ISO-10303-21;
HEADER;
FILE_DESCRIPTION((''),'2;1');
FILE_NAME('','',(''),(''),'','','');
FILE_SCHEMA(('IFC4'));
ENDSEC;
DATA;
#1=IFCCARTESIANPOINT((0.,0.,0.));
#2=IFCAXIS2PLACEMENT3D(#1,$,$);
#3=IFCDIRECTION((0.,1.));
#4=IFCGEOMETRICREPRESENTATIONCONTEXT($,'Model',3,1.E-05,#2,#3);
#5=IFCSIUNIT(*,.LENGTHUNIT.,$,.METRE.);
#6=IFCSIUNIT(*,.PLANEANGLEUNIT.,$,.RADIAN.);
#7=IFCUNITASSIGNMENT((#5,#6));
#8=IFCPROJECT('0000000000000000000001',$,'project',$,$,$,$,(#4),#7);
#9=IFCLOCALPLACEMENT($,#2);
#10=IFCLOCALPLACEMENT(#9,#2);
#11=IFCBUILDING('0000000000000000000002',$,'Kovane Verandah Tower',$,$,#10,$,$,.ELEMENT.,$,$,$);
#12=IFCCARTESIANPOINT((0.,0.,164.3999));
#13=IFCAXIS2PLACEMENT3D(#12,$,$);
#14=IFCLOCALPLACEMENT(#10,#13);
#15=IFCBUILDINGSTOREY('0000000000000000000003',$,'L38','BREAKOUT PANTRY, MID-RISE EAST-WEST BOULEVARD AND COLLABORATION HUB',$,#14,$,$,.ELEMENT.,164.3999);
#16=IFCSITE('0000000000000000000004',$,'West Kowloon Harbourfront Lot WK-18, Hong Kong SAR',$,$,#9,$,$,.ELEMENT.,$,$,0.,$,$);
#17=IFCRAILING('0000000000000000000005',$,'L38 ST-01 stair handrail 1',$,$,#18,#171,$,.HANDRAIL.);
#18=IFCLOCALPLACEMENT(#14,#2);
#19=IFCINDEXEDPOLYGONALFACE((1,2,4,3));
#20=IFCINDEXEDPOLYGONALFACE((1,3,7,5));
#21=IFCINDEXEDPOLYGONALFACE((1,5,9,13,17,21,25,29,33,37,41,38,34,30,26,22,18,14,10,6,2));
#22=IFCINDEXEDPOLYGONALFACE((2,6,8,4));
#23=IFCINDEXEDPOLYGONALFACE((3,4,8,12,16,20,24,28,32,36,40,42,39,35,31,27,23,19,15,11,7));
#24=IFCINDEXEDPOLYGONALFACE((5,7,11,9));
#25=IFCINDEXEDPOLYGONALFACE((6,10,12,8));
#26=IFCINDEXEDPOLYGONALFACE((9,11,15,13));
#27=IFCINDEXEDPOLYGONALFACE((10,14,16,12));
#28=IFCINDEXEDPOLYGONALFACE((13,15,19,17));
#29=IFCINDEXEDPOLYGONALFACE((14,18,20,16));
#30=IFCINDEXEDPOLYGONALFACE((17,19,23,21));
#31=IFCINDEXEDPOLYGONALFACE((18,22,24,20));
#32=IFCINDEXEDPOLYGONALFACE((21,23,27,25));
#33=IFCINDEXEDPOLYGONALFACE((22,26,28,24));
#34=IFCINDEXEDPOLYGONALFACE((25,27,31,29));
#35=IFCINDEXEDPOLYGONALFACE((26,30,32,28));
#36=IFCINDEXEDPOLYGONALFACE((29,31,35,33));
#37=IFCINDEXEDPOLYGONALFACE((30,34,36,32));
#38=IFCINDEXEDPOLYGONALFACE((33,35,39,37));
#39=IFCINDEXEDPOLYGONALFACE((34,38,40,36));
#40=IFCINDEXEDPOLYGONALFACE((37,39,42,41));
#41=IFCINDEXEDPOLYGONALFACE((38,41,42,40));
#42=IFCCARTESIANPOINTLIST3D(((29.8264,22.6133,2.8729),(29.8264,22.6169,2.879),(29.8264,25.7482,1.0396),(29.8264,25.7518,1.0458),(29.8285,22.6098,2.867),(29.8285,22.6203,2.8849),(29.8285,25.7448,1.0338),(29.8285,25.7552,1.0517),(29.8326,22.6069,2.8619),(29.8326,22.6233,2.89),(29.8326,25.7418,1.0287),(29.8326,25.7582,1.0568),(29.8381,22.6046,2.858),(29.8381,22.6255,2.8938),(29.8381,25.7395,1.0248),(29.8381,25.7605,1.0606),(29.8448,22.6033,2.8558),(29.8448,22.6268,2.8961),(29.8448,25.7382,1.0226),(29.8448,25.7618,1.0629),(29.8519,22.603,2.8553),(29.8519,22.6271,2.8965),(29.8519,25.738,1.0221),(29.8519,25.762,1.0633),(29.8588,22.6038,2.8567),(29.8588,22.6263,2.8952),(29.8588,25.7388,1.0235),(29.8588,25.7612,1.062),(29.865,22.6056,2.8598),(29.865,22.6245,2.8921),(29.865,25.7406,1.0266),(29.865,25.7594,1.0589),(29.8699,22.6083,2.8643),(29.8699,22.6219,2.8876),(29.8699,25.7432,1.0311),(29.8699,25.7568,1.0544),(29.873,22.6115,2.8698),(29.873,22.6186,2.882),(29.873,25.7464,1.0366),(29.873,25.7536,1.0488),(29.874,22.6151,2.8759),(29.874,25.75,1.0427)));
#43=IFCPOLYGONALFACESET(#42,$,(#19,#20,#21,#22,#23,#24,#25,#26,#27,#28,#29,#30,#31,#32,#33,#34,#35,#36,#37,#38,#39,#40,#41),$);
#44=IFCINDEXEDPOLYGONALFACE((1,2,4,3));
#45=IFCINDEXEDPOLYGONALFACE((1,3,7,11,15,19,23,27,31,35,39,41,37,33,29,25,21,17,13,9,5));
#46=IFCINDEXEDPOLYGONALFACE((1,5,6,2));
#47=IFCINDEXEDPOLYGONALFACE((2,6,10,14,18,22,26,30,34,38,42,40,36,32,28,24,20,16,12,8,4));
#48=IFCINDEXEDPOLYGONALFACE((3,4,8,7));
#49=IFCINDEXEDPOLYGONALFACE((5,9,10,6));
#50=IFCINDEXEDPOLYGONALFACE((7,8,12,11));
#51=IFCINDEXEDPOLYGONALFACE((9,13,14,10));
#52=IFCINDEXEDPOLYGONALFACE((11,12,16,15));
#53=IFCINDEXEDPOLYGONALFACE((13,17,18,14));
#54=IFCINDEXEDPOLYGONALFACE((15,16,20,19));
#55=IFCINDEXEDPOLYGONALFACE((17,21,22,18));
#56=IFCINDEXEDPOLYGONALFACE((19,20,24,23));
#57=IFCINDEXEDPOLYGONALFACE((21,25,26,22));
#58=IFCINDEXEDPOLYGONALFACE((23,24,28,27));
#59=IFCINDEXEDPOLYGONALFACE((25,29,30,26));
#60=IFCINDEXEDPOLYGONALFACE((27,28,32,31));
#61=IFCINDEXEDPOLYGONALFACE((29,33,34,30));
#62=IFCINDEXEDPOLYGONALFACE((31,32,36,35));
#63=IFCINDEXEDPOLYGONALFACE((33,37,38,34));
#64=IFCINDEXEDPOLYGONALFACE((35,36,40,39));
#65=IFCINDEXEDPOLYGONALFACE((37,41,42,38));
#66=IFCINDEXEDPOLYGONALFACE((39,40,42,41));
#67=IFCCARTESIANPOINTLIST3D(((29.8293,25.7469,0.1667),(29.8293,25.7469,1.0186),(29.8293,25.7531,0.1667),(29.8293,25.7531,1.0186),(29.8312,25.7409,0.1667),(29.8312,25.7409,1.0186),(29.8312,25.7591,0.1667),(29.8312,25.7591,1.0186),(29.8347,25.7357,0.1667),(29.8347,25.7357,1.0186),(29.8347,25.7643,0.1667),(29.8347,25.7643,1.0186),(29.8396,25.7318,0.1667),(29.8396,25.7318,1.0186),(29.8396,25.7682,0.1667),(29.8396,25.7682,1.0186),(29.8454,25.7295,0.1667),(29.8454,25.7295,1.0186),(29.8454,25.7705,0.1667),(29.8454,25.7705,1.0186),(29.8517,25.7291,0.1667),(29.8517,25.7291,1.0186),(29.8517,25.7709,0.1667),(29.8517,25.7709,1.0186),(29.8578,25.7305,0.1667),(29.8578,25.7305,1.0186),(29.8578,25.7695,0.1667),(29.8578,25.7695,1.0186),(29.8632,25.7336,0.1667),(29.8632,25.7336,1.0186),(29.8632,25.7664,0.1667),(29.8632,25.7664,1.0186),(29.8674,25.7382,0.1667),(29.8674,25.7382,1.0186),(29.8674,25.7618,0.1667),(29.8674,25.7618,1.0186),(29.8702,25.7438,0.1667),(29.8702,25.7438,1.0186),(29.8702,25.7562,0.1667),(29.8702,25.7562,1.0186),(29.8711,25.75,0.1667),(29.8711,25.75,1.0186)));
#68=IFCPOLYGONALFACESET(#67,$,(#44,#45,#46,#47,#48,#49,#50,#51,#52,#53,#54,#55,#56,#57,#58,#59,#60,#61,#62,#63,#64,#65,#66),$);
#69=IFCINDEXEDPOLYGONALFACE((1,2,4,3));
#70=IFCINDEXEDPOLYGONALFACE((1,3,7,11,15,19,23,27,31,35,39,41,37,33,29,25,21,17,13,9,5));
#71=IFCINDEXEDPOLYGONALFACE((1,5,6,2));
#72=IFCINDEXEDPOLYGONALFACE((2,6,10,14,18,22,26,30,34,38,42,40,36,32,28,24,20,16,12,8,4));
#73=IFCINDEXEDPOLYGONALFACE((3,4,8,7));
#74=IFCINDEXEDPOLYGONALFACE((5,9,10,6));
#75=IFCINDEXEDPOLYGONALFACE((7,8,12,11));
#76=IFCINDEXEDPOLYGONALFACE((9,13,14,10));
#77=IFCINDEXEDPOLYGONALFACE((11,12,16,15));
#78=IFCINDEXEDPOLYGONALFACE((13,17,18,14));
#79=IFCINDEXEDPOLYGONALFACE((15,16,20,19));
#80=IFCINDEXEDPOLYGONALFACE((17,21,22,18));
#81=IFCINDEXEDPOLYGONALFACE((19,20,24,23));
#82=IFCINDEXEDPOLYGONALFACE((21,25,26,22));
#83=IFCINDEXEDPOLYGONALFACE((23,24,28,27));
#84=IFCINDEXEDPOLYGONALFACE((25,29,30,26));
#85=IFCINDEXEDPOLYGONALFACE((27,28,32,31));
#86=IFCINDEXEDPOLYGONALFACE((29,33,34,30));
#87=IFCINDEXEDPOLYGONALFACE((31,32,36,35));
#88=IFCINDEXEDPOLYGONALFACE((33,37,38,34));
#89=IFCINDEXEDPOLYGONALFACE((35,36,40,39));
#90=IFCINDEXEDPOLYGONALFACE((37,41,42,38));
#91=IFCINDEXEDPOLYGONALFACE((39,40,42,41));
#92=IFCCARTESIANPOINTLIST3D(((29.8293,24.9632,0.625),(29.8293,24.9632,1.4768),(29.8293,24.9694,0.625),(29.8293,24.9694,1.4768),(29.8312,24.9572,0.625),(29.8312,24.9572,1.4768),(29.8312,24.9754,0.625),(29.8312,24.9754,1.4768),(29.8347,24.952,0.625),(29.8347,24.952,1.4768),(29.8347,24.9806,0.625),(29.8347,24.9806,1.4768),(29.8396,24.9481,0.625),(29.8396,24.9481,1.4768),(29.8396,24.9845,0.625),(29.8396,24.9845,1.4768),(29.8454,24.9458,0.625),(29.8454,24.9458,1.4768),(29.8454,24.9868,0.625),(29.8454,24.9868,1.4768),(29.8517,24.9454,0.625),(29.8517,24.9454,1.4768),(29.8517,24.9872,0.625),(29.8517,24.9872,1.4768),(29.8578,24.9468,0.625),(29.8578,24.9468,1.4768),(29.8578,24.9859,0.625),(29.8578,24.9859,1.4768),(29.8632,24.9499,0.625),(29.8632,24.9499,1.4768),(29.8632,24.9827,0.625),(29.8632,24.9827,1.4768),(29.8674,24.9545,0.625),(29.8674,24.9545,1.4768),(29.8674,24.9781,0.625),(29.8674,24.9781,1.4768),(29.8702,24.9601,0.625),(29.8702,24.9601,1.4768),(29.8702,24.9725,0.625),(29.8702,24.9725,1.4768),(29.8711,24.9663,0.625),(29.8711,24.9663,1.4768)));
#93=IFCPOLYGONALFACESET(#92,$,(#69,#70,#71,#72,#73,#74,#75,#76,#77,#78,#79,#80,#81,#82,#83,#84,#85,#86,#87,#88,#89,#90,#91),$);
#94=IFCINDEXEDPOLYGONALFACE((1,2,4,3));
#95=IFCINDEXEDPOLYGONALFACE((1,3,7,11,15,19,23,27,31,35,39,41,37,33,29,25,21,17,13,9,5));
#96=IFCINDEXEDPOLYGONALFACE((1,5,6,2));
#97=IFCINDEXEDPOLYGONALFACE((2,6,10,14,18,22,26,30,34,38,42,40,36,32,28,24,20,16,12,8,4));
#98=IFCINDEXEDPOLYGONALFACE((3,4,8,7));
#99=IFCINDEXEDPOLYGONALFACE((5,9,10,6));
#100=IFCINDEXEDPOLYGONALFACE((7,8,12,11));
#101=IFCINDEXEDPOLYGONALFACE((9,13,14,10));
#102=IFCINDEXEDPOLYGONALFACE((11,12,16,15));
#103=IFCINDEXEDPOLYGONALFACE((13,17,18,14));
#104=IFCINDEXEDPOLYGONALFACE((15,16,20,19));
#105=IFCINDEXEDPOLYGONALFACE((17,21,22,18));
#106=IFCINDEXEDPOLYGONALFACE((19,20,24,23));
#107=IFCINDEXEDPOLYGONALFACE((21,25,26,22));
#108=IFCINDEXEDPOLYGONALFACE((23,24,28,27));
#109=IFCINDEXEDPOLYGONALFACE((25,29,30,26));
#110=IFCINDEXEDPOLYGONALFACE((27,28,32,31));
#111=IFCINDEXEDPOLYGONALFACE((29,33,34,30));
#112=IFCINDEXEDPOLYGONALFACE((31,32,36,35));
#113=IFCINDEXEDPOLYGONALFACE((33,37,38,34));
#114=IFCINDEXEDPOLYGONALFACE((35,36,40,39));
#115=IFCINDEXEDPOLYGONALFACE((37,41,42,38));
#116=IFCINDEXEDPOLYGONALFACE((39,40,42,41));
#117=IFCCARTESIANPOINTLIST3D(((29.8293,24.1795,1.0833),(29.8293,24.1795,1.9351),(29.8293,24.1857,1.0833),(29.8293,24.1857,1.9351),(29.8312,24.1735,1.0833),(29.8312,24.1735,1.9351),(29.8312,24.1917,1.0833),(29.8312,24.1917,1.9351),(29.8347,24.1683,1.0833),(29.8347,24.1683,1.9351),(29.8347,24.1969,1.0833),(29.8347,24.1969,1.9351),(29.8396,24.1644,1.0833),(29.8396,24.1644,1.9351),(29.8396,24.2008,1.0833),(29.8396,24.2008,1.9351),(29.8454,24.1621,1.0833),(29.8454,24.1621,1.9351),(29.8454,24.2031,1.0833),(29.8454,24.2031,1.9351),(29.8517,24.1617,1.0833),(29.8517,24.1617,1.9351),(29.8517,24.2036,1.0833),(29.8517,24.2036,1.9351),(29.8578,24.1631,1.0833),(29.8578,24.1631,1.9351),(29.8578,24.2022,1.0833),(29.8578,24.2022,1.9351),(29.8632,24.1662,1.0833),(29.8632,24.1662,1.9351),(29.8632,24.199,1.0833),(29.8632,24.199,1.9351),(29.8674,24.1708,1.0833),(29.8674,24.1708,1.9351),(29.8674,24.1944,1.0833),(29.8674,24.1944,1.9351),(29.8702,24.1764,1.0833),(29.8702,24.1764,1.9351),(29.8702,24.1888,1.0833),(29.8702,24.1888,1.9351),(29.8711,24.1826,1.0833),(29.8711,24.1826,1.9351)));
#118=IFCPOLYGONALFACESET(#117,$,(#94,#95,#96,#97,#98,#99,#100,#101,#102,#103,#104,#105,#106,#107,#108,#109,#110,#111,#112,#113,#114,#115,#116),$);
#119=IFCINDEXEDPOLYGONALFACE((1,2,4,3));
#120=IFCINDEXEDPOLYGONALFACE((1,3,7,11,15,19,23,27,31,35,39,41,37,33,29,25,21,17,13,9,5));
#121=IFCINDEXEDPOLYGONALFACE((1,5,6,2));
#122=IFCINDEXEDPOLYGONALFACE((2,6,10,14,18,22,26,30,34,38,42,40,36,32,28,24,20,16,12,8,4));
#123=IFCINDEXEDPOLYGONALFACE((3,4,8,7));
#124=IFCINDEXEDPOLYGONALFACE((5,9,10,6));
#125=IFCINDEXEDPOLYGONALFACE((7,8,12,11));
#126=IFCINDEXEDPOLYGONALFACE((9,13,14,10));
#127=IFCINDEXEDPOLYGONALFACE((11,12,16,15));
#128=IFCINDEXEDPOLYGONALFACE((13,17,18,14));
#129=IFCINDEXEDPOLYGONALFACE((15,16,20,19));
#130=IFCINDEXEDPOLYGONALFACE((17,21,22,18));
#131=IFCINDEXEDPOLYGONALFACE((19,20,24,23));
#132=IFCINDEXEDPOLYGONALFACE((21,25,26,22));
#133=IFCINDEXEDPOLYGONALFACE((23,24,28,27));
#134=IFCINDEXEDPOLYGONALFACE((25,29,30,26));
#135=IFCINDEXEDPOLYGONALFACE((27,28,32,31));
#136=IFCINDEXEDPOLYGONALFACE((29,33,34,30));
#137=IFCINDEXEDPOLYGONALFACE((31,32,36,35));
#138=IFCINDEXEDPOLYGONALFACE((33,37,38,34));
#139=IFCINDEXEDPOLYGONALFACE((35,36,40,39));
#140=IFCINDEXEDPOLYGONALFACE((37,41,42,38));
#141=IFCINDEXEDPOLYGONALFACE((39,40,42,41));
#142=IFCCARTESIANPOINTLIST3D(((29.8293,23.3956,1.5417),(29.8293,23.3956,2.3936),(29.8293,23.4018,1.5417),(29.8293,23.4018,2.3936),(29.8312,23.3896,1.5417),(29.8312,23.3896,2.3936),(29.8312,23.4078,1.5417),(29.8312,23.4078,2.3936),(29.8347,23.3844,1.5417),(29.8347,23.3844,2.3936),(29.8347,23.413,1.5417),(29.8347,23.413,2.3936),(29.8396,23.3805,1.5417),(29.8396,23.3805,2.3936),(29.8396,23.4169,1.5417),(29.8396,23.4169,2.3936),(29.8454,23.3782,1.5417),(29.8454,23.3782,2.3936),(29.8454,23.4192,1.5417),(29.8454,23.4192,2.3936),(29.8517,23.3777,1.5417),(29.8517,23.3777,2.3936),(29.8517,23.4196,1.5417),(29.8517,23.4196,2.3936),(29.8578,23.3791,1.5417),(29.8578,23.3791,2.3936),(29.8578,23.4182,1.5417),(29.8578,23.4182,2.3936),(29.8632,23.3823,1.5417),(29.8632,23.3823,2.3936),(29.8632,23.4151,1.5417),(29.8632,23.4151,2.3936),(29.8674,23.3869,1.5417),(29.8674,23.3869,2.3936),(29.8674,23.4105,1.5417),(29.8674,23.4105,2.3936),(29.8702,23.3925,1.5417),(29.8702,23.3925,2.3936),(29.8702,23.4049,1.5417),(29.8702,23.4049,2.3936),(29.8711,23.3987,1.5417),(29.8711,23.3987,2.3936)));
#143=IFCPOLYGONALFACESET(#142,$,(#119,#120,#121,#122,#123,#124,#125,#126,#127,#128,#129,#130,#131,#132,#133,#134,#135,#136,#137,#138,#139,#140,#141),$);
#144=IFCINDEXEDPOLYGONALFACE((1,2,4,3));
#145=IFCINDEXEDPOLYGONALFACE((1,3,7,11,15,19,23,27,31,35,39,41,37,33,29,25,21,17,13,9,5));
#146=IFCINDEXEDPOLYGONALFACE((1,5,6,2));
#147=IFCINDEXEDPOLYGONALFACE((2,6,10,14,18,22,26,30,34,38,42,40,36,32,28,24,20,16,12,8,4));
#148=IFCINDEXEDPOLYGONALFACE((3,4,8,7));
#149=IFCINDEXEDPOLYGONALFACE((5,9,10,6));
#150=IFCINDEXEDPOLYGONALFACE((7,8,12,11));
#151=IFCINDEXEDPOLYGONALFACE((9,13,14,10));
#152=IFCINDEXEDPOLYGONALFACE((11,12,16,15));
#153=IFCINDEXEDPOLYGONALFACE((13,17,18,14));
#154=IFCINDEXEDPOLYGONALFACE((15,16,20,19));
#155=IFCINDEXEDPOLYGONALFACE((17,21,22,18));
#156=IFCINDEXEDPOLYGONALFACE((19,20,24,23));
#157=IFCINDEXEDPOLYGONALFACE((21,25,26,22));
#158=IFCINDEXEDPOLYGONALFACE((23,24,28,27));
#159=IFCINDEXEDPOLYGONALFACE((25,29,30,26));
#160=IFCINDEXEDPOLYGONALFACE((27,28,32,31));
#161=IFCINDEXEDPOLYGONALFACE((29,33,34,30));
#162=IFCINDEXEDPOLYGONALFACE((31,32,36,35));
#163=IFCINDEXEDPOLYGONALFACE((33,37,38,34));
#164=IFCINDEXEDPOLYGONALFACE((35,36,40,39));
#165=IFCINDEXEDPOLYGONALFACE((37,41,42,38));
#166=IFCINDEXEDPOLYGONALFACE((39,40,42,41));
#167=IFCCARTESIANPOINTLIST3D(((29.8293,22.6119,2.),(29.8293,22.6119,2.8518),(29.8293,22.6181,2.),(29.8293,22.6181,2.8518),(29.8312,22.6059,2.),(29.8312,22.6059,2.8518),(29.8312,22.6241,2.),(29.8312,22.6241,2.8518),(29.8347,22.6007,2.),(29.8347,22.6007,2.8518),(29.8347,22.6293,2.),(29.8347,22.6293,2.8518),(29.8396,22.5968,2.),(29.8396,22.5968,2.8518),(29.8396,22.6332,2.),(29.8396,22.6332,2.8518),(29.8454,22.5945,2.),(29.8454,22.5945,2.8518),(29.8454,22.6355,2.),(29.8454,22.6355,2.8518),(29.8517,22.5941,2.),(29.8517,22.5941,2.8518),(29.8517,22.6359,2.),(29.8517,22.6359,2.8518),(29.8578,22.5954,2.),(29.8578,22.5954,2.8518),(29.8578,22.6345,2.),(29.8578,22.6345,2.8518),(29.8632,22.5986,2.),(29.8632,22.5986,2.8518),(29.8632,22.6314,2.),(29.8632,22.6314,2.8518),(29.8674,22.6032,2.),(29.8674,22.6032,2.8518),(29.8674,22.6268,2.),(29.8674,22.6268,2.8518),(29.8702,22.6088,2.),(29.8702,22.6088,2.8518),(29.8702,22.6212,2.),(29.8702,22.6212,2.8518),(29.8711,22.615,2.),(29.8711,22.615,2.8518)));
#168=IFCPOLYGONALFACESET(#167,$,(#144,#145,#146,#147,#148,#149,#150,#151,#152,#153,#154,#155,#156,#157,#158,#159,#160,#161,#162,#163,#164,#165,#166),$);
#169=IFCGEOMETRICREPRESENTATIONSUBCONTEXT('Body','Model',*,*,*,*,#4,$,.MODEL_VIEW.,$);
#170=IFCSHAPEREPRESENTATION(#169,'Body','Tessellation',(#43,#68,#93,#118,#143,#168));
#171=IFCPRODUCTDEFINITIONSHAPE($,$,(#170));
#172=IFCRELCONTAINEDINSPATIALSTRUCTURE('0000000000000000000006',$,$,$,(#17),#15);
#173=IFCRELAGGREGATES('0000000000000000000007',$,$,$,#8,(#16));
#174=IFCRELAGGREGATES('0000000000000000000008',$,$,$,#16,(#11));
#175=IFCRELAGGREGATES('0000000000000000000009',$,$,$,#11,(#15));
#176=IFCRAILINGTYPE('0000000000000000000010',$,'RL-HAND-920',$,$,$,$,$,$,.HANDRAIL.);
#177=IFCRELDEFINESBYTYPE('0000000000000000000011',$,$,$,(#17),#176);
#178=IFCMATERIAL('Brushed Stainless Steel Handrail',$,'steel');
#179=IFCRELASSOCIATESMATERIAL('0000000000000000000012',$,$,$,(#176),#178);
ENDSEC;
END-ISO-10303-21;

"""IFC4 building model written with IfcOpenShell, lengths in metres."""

from ifc_helpers import new_model, si_unit, direction, frame, origin, origin_2d, place, context, subcontext, project, spatial, circle, extrude, material, type_object, element, save


model = new_model("IFC4")

# Units and contexts
model_context = context("Model", 3, precision=1e-05, world=origin(), true_north=direction((0.0, 1.0)))
body_context = subcontext(model_context, "Body", "Model", "MODEL_VIEW")
ifc_project = project(units=[si_unit("LENGTHUNIT", "METRE"), si_unit("PLANEANGLEUNIT", "RADIAN")], contexts=[model_context])

# Site, building, storey
site_placement = place(None, origin())
site = spatial("IfcSite", under=ifc_project, at=site_placement, Name="West Kowloon Harbourfront Lot WK-18, Hong Kong SAR", CompositionType="ELEMENT", RefElevation=0.0)
building_placement = place(site_placement, origin())
building = spatial("IfcBuilding", under=site, at=building_placement, Name="Kovane Verandah Tower", CompositionType="ELEMENT")
storey_placement = place(building_placement, frame((0.0, 0.0, 164.3999)))
storey = spatial("IfcBuildingStorey", under=building, at=storey_placement, Name="L38", Description="BREAKOUT PANTRY, MID-RISE EAST-WEST BOULEVARD AND COLLABORATION HUB", CompositionType="ELEMENT", Elevation=164.3999)

# Railing
ifc_material_1 = material(Name="Brushed Stainless Steel Handrail", Category="steel")
railing_type_1 = type_object("IfcRailingType", Name="RL-HAND-920", PredefinedType="HANDRAIL", material=ifc_material_1)
railing_1_placement = place(storey_placement, frame((29.8501, 25.75, 0.1667)))
element("IfcRailing", 1, at=railing_1_placement, inside=storey, type_object=railing_type_1, Name="L38 ST-01 stair handrail 1", PredefinedType="HANDRAIL", context=body_context, shape_type="SweptSolid", body=[
    extrude(circle(Radius=0.0239, at=origin_2d()), frame((0.0, 0.0, 0.876), z_axis=(0.0, -0.86324, 0.504794), x_axis=(1.0, 0.0, 0.0)), (0.0, 0.0, 1.0), 3.6316),
    extrude(circle(Radius=0.021, at=origin_2d()), origin(), (0.0, 0.0, 1.0), 0.8518),
    extrude(circle(Radius=0.021, at=origin_2d()), frame((0.0, -0.7837, 0.4583)), (0.0, 0.0, 1.0), 0.8518),
    extrude(circle(Radius=0.021, at=origin_2d()), frame((0.0, -1.5674, 0.9165)), (0.0, 0.0, 1.0), 0.8518),
    extrude(circle(Radius=0.021, at=origin_2d()), frame((0.0, -2.3513, 1.375)), (0.0, 0.0, 1.0), 0.8518),
    extrude(circle(Radius=0.021, at=origin_2d()), frame((0.0, -3.135, 1.8333)), (0.0, 0.0, 1.0), 0.8518),
])

save(model, "model.ifc")
